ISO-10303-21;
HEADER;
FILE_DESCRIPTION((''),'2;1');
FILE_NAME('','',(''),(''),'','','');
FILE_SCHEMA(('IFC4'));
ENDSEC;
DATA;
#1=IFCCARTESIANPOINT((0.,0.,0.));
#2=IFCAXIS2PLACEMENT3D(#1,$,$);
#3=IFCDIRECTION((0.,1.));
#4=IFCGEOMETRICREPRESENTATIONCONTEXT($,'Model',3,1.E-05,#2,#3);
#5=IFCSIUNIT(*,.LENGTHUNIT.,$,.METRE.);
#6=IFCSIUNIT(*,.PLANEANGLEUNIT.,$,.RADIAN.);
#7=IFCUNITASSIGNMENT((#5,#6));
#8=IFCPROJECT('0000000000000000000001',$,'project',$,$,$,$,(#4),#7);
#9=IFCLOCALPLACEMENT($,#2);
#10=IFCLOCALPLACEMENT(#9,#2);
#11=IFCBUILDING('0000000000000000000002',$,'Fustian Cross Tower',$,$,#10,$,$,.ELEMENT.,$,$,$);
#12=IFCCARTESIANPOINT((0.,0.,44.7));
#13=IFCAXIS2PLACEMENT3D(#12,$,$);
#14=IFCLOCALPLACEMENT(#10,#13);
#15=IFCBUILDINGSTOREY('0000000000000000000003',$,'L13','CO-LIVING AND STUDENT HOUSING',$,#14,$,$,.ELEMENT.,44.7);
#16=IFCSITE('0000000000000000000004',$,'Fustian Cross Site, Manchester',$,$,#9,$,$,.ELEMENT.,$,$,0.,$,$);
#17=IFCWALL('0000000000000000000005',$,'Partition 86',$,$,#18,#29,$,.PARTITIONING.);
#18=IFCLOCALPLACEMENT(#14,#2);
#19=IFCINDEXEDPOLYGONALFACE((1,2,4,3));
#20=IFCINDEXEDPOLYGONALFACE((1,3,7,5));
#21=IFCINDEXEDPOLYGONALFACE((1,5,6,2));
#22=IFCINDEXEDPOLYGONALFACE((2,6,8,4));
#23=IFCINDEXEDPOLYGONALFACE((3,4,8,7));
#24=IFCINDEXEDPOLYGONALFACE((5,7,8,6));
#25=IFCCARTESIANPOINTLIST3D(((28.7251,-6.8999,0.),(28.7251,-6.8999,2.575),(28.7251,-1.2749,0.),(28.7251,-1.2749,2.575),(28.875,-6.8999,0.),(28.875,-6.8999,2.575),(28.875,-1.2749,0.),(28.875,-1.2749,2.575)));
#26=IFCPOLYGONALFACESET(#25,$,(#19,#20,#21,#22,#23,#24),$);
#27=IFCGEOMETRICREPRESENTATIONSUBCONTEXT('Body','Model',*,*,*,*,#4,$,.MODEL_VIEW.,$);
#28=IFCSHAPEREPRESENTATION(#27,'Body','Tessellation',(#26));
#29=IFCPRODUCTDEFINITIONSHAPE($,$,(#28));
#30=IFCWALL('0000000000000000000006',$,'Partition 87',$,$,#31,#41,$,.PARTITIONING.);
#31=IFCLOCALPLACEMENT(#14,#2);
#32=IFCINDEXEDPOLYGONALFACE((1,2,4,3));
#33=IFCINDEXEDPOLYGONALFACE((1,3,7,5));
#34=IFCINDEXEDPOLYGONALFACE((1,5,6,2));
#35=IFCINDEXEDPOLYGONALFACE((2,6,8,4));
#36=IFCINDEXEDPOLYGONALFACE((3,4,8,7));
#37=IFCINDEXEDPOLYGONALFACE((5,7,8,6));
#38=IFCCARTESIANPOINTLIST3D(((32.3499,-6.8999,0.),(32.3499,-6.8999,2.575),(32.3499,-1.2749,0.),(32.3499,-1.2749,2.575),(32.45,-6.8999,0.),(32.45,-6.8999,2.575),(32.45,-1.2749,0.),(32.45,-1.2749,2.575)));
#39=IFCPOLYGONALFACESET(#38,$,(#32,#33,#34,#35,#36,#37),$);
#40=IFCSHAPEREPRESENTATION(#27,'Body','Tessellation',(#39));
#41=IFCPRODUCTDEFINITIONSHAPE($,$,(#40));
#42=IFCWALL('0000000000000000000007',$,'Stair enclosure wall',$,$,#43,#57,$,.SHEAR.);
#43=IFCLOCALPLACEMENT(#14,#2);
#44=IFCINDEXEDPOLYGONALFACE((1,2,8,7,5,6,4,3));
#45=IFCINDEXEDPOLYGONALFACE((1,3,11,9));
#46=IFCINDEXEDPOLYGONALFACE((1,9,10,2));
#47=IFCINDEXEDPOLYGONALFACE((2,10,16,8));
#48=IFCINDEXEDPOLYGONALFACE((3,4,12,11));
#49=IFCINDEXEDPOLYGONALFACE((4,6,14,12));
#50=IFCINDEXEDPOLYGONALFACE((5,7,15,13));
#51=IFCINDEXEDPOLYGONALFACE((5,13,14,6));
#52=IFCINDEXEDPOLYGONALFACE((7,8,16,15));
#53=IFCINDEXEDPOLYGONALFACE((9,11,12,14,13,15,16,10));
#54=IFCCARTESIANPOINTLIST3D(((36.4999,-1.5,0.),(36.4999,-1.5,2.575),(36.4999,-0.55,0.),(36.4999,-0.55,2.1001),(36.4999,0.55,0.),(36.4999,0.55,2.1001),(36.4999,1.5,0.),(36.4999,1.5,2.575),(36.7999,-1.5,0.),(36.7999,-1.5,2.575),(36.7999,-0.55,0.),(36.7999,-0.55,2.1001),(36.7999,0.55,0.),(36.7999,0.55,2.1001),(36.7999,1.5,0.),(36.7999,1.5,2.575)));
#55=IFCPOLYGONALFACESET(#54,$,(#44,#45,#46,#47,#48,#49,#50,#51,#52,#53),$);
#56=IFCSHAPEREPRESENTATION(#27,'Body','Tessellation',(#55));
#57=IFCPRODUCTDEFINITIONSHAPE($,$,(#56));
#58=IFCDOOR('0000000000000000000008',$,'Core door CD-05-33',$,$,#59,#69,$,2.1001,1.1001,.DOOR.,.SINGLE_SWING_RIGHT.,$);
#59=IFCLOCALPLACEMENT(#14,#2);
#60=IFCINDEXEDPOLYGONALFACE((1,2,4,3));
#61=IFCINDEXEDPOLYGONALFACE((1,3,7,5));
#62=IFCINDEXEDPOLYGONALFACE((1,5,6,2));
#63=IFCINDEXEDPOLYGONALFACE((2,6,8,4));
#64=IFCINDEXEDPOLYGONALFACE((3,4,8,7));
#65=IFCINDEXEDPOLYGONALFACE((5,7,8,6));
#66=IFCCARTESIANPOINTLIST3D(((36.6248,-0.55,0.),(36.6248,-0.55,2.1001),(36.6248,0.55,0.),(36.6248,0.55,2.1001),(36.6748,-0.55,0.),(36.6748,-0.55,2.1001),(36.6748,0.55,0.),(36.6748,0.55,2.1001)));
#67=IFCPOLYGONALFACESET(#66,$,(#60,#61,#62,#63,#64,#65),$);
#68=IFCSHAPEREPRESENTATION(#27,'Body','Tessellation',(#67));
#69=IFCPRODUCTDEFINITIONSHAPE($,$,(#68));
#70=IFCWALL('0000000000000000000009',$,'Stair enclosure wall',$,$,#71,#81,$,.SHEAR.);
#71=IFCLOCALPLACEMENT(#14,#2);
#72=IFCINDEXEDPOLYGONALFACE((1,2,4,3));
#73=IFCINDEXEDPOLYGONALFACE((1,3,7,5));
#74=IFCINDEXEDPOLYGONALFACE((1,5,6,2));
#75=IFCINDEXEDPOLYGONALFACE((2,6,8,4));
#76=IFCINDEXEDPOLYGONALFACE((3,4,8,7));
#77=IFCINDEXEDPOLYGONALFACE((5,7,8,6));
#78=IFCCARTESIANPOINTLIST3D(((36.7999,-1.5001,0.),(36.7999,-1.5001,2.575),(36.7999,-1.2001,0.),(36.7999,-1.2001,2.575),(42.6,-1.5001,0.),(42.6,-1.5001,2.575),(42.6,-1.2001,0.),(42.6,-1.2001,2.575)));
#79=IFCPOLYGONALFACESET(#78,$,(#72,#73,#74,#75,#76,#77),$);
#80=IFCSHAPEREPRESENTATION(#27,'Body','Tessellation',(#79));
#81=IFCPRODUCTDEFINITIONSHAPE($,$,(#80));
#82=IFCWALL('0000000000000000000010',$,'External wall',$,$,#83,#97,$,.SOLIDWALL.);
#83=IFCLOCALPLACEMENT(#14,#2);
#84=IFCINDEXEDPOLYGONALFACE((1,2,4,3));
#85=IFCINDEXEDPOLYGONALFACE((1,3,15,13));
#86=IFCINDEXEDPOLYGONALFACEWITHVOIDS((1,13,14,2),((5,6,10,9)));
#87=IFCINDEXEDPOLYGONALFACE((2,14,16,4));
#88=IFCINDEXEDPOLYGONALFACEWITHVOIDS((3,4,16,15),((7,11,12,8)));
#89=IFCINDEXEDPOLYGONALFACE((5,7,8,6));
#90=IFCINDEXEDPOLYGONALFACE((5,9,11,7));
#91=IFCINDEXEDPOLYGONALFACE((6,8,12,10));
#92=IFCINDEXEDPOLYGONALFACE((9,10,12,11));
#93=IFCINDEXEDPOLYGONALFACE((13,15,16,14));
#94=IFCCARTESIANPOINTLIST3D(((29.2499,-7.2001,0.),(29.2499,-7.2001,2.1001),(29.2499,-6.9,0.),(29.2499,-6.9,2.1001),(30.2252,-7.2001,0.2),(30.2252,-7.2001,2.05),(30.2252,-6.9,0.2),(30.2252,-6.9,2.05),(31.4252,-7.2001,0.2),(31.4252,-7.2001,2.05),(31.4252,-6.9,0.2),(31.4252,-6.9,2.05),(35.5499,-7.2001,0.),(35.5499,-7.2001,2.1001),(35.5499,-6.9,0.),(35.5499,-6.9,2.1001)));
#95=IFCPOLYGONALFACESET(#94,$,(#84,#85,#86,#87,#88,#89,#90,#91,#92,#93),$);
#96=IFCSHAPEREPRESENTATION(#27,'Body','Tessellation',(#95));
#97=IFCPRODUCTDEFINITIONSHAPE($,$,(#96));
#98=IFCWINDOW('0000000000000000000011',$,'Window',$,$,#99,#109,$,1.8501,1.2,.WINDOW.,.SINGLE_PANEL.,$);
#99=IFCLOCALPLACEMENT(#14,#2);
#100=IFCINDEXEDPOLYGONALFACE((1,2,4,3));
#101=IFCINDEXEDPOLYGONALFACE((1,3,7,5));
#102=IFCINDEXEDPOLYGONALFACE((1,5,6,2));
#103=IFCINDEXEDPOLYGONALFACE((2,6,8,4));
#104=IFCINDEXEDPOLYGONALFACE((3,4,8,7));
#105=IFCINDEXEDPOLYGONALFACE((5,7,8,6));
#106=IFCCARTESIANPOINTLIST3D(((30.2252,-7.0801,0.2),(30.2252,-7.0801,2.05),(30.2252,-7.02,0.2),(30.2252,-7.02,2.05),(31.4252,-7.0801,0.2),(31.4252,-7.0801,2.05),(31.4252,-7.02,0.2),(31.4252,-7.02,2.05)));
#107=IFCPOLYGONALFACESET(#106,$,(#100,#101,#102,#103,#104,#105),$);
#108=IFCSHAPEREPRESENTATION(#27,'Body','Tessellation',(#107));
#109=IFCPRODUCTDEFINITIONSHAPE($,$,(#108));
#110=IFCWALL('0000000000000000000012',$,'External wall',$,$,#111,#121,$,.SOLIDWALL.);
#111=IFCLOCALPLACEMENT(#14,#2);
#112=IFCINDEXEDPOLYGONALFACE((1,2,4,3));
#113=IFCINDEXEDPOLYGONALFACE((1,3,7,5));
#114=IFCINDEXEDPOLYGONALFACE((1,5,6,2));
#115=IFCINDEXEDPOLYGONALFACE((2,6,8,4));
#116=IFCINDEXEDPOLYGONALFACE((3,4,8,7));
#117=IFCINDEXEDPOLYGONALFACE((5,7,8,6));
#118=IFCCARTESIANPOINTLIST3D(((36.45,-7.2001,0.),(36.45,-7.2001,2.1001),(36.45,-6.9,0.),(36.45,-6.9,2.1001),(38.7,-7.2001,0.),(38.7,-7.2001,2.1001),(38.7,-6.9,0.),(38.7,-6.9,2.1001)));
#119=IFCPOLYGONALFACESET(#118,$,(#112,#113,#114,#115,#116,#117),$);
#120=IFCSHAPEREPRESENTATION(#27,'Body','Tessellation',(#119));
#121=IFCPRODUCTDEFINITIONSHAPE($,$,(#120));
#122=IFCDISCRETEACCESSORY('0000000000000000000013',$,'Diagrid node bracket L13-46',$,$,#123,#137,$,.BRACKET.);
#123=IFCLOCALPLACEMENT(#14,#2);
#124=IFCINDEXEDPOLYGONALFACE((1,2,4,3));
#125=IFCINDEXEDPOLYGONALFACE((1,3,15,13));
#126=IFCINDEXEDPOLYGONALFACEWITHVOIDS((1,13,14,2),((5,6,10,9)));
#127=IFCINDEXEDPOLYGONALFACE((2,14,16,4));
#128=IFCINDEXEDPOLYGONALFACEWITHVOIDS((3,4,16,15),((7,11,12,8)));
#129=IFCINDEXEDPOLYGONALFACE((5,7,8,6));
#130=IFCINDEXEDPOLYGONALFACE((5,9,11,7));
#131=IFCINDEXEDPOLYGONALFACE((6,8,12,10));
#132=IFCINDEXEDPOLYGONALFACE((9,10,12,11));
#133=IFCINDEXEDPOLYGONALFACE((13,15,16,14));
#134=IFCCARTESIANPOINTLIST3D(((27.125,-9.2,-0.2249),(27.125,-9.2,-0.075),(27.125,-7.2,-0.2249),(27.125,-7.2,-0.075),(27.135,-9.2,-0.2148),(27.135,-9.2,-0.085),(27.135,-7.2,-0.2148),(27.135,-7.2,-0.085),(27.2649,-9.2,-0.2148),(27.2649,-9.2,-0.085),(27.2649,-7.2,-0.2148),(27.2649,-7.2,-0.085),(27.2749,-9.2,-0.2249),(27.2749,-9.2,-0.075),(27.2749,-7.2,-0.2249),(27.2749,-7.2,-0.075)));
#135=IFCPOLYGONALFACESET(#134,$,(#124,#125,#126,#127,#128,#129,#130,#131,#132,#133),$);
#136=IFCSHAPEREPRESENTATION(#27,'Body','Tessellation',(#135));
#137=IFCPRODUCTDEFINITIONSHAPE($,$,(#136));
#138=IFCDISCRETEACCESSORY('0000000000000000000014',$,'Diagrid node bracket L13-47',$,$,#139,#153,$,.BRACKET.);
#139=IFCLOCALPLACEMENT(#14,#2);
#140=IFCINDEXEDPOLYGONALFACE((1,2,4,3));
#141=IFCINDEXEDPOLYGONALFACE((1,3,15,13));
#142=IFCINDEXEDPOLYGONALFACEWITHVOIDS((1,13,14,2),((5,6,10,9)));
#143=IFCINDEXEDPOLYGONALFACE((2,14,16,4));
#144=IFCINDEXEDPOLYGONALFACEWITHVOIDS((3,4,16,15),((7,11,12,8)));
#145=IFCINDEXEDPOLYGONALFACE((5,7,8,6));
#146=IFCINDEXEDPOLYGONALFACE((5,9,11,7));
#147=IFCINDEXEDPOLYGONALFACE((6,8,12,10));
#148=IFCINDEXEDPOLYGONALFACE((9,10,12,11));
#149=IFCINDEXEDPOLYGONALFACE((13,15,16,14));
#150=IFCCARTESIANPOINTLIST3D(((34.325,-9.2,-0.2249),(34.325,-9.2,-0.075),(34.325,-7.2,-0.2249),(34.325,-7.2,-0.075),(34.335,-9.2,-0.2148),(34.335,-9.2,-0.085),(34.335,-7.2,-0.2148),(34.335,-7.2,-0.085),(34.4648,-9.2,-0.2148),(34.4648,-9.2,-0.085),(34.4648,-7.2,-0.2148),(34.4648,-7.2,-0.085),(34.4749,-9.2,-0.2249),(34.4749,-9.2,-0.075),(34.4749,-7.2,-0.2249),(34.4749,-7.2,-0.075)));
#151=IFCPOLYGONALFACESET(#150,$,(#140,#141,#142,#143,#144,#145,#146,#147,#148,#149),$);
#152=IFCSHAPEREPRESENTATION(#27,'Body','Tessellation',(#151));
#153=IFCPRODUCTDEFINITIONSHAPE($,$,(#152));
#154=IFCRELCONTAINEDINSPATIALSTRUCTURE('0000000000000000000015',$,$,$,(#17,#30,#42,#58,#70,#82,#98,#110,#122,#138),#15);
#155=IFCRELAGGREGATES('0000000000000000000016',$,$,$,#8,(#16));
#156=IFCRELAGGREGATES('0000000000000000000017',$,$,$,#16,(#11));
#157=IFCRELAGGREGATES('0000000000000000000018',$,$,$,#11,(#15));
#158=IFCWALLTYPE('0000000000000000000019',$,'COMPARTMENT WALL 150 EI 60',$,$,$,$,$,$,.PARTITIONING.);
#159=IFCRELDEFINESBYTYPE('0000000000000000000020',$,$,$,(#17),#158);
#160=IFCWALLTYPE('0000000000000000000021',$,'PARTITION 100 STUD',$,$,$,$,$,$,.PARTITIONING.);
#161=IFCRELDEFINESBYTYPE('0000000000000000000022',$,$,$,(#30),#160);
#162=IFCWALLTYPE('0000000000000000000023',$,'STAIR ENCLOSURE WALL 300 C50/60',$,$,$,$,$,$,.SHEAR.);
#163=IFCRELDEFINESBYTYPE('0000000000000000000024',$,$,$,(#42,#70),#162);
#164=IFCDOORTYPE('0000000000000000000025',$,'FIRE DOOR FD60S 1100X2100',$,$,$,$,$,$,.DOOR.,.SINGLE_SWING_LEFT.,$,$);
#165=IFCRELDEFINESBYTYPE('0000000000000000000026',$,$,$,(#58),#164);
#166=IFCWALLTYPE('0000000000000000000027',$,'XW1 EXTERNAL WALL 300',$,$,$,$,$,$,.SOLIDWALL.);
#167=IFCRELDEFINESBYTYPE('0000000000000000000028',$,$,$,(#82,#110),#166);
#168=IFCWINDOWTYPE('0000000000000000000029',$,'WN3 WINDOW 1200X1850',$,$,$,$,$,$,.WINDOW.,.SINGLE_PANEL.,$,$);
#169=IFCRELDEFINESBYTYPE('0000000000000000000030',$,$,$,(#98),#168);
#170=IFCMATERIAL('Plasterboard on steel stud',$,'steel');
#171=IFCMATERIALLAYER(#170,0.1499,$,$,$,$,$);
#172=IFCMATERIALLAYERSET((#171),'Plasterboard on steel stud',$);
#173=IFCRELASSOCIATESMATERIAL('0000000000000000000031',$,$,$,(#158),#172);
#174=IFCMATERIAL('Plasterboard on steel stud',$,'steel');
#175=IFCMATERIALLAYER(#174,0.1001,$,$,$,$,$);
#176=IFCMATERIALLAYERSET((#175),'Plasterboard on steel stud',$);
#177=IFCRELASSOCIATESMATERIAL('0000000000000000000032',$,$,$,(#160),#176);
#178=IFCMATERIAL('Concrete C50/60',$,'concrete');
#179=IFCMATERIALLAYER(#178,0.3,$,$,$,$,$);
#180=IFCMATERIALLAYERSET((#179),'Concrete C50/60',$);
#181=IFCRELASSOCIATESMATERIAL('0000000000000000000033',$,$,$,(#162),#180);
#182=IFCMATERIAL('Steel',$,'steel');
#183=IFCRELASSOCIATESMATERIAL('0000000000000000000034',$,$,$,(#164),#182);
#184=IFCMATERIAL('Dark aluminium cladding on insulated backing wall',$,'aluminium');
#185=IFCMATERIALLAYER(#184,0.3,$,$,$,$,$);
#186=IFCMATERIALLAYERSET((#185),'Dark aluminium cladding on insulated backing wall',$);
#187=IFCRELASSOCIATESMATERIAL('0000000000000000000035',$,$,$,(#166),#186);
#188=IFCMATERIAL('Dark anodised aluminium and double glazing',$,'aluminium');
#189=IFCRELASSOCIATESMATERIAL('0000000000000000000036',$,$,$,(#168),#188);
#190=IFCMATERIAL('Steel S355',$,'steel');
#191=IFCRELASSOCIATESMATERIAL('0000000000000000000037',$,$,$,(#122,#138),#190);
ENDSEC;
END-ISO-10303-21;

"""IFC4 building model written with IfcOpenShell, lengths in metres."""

from ifc_helpers import new_model, si_unit, direction, frame, frame_2d, origin, origin_2d, place, context, subcontext, project, spatial, rectangle, hollow_rectangle, extrude, material, layer, layer_set, type_object, element, fill, save


model = new_model("IFC4")

# Units and contexts
model_context = context("Model", 3, precision=1e-05, world=origin(), true_north=direction((0.0, 1.0)))
body_context = subcontext(model_context, "Body", "Model", "MODEL_VIEW")
ifc_project = project(units=[si_unit("LENGTHUNIT", "METRE"), si_unit("PLANEANGLEUNIT", "RADIAN")], contexts=[model_context])

# Site, building, storey
site_placement = place(None, origin())
site = spatial("IfcSite", under=ifc_project, at=site_placement, Name="Fustian Cross Site, Manchester", CompositionType="ELEMENT", RefElevation=0.0)
building_placement = place(site_placement, origin())
building = spatial("IfcBuilding", under=site, at=building_placement, Name="Fustian Cross Tower", CompositionType="ELEMENT")
storey_placement = place(building_placement, frame((0.0, 0.0, 44.7)))
storey = spatial("IfcBuildingStorey", under=building, at=storey_placement, Name="L13", Description="CO-LIVING AND STUDENT HOUSING", CompositionType="ELEMENT", Elevation=44.7)

# Walls
ifc_material_1 = material(Name="Plasterboard on steel stud", Category="steel")
ifc_layer_1 = layer(ifc_material_1, 0.1499)
ifc_layer_set_1 = layer_set([ifc_layer_1], Name="Plasterboard on steel stud")
wall_type_1 = type_object("IfcWallType", Name="COMPARTMENT WALL 150 EI 60", PredefinedType="PARTITIONING", material=ifc_layer_set_1)
for number, where, z_axis, x_axis, name in (
    (1, (28.8, -6.8999, 0.0), (0.0, 0.0, 1.0), (0.0, 1.0, 0.0), "Partition 86"),
):
    element("IfcWall", number, at=place(storey_placement, frame(where, z_axis=z_axis, x_axis=x_axis)), inside=storey, type_object=wall_type_1, Name=name, PredefinedType="PARTITIONING", context=body_context, shape_type="SweptSolid", body=[
        extrude(rectangle(XDim=5.625, YDim=0.1499, at=frame_2d((2.8125, 0.0))), origin(), (0.0, 0.0, 1.0), 2.575),
    ])
ifc_material_2 = material(Name="Plasterboard on steel stud", Category="steel")
ifc_layer_2 = layer(ifc_material_2, 0.1001)
ifc_layer_set_2 = layer_set([ifc_layer_2], Name="Plasterboard on steel stud")
wall_type_2 = type_object("IfcWallType", Name="PARTITION 100 STUD", PredefinedType="PARTITIONING", material=ifc_layer_set_2)
wall_1_placement = place(storey_placement, frame((32.3999, -6.8999, 0.0), z_axis=(0.0, 0.0, 1.0), x_axis=(0.0, 1.0, 0.0)))
element("IfcWall", 2, at=wall_1_placement, inside=storey, type_object=wall_type_2, Name="Partition 87", PredefinedType="PARTITIONING", context=body_context, shape_type="SweptSolid", body=[
    extrude(rectangle(XDim=5.625, YDim=0.1001, at=frame_2d((2.8125, 0.0))), origin(), (0.0, 0.0, 1.0), 2.575),
])

# Wall, opening, door
ifc_material_3 = material(Name="Concrete C50/60", Category="concrete")
ifc_layer_3 = layer(ifc_material_3, 0.3)
ifc_layer_set_3 = layer_set([ifc_layer_3], Name="Concrete C50/60")
wall_type_3 = type_object("IfcWallType", Name="STAIR ENCLOSURE WALL 300 C50/60", PredefinedType="SHEAR", material=ifc_layer_set_3)
wall_2_placement = place(storey_placement, frame((36.6499, -1.5, 0.0), z_axis=(0.0, 0.0, 1.0), x_axis=(0.0, 1.0, 0.0)))
wall_2 = element("IfcWall", 3, at=wall_2_placement, inside=storey, type_object=wall_type_3, Name="Stair enclosure wall", PredefinedType="SHEAR", context=body_context, shape_type="SweptSolid", body=[
    extrude(rectangle(XDim=3.0, YDim=0.3, at=frame_2d((1.5, 0.0))), origin(), (0.0, 0.0, 1.0), 2.575),
])
opening_1_placement = place(wall_2_placement, frame((0.95, 0.0, 0.0)))
opening_1 = element("IfcOpeningElement", 4, at=opening_1_placement, cuts=wall_2, PredefinedType="OPENING", context=body_context, shape_type="SweptSolid", body=[
    extrude(rectangle(XDim=1.1001, YDim=2.1001, at=frame_2d((0.55, 1.05))), frame((0.0, 0.1599, 0.0), z_axis=(0.0, -1.0, 0.0), x_axis=(1.0, 0.0, 0.0)), (0.0, 0.0, 1.0), 0.3201),
])
ifc_material_4 = material(Name="Steel", Category="steel")
door_type = type_object("IfcDoorType", Name="FIRE DOOR FD60S 1100X2100", OperationType="SINGLE_SWING_LEFT", PredefinedType="DOOR", material=ifc_material_4)
door_placement = place(opening_1_placement, frame((1.1001, 0.0, 0.0), z_axis=(0.0, 0.0, 1.0), x_axis=(-1.0, 0.0, 0.0)))
door = element("IfcDoor", 5, at=door_placement, inside=storey, type_object=door_type, Name="Core door CD-05-33", OperationType="SINGLE_SWING_RIGHT", OverallHeight=2.1001, OverallWidth=1.1001, PredefinedType="DOOR", context=body_context, shape_type="SweptSolid", body=[
    extrude(rectangle(XDim=1.1001, YDim=2.1001, at=frame_2d((0.55, 1.05))), frame((0.0, 0.0249, 0.0), z_axis=(0.0, -1.0, 0.0), x_axis=(1.0, 0.0, 0.0)), (0.0, 0.0, 1.0), 0.05),
])
fill(opening_1, door)

# Wall
wall_3_placement = place(storey_placement, frame((36.8, -1.3501, 0.0), z_axis=(0.0, 0.0, 1.0), x_axis=(1.0, 0.0, 0.0)))
element("IfcWall", 6, at=wall_3_placement, inside=storey, type_object=wall_type_3, Name="Stair enclosure wall", PredefinedType="SHEAR", context=body_context, shape_type="SweptSolid", body=[
    extrude(rectangle(XDim=5.8, YDim=0.3, at=frame_2d((2.8999, 0.0))), origin(), (0.0, 0.0, 1.0), 2.575),
])

# Wall, opening, window
ifc_material_5 = material(Name="Dark aluminium cladding on insulated backing wall", Category="aluminium")
ifc_layer_4 = layer(ifc_material_5, 0.3)
ifc_layer_set_4 = layer_set([ifc_layer_4], Name="Dark aluminium cladding on insulated backing wall")
wall_type_4 = type_object("IfcWallType", Name="XW1 EXTERNAL WALL 300", PredefinedType="SOLIDWALL", material=ifc_layer_set_4)
wall_4_placement = place(storey_placement, frame((29.25, -7.05, 0.0), z_axis=(0.0, 0.0, 1.0), x_axis=(1.0, 0.0, 0.0)))
wall_4 = element("IfcWall", 7, at=wall_4_placement, inside=storey, type_object=wall_type_4, Name="External wall", PredefinedType="SOLIDWALL", context=body_context, shape_type="SweptSolid", body=[
    extrude(rectangle(XDim=6.3, YDim=0.3, at=frame_2d((3.1499, 0.0))), origin(), (0.0, 0.0, 1.0), 2.1001),
])
opening_2_placement = place(wall_4_placement, frame((0.9751, 0.0, 0.2)))
opening_2 = element("IfcOpeningElement", 8, at=opening_2_placement, cuts=wall_4, PredefinedType="OPENING", context=body_context, shape_type="SweptSolid", body=[
    extrude(rectangle(XDim=1.2, YDim=1.8501, at=frame_2d((0.6001, 0.925))), frame((0.0, 0.1599, 0.0), z_axis=(0.0, -1.0, 0.0), x_axis=(1.0, 0.0, 0.0)), (0.0, 0.0, 1.0), 0.3201),
])
ifc_material_6 = material(Name="Dark anodised aluminium and double glazing", Category="aluminium")
window_type = type_object("IfcWindowType", Name="WN3 WINDOW 1200X1850", PartitioningType="SINGLE_PANEL", PredefinedType="WINDOW", material=ifc_material_6)
window_placement = place(opening_2_placement, origin())
window = element("IfcWindow", 9, at=window_placement, inside=storey, type_object=window_type, Name="Window", OverallHeight=1.8501, OverallWidth=1.2, PartitioningType="SINGLE_PANEL", PredefinedType="WINDOW", context=body_context, shape_type="SweptSolid", body=[
    extrude(rectangle(XDim=1.2, YDim=1.8501, at=frame_2d((0.6001, 0.925))), frame((0.0, 0.03, 0.0), z_axis=(0.0, -1.0, 0.0), x_axis=(1.0, 0.0, 0.0)), (0.0, 0.0, 1.0), 0.0601),
])
fill(opening_2, window)

# Wall
wall_5_placement = place(storey_placement, frame((36.45, -7.05, 0.0), z_axis=(0.0, 0.0, 1.0), x_axis=(1.0, 0.0, 0.0)))
element("IfcWall", 10, at=wall_5_placement, inside=storey, type_object=wall_type_4, Name="External wall", PredefinedType="SOLIDWALL", context=body_context, shape_type="SweptSolid", body=[
    extrude(rectangle(XDim=2.25, YDim=0.3, at=frame_2d((1.125, 0.0))), origin(), (0.0, 0.0, 1.0), 2.1001),
])

# Discrete accessories
ifc_material_7 = material(Name="Steel S355", Category="steel")
for number, where, z_axis, x_axis, name in (
    (11, (27.2, -9.2, -0.1499), (0.0, 1.0, 0.0), (-1.0, 0.0, 0.0), "Diagrid node bracket L13-46"),
    (12, (34.3999, -9.2, -0.1499), (0.0, 1.0, 0.0), (-1.0, 0.0, 0.0), "Diagrid node bracket L13-47"),
):
    element("IfcDiscreteAccessory", number, at=place(storey_placement, frame(where, z_axis=z_axis, x_axis=x_axis)), inside=storey, material=ifc_material_7, Name=name, PredefinedType="BRACKET", context=body_context, shape_type="SweptSolid", body=[
        extrude(hollow_rectangle(XDim=0.1499, YDim=0.1499, WallThickness=0.01, at=origin_2d()), origin(), (0.0, 0.0, 1.0), 2.0),
    ])

save(model, "model.ifc")
